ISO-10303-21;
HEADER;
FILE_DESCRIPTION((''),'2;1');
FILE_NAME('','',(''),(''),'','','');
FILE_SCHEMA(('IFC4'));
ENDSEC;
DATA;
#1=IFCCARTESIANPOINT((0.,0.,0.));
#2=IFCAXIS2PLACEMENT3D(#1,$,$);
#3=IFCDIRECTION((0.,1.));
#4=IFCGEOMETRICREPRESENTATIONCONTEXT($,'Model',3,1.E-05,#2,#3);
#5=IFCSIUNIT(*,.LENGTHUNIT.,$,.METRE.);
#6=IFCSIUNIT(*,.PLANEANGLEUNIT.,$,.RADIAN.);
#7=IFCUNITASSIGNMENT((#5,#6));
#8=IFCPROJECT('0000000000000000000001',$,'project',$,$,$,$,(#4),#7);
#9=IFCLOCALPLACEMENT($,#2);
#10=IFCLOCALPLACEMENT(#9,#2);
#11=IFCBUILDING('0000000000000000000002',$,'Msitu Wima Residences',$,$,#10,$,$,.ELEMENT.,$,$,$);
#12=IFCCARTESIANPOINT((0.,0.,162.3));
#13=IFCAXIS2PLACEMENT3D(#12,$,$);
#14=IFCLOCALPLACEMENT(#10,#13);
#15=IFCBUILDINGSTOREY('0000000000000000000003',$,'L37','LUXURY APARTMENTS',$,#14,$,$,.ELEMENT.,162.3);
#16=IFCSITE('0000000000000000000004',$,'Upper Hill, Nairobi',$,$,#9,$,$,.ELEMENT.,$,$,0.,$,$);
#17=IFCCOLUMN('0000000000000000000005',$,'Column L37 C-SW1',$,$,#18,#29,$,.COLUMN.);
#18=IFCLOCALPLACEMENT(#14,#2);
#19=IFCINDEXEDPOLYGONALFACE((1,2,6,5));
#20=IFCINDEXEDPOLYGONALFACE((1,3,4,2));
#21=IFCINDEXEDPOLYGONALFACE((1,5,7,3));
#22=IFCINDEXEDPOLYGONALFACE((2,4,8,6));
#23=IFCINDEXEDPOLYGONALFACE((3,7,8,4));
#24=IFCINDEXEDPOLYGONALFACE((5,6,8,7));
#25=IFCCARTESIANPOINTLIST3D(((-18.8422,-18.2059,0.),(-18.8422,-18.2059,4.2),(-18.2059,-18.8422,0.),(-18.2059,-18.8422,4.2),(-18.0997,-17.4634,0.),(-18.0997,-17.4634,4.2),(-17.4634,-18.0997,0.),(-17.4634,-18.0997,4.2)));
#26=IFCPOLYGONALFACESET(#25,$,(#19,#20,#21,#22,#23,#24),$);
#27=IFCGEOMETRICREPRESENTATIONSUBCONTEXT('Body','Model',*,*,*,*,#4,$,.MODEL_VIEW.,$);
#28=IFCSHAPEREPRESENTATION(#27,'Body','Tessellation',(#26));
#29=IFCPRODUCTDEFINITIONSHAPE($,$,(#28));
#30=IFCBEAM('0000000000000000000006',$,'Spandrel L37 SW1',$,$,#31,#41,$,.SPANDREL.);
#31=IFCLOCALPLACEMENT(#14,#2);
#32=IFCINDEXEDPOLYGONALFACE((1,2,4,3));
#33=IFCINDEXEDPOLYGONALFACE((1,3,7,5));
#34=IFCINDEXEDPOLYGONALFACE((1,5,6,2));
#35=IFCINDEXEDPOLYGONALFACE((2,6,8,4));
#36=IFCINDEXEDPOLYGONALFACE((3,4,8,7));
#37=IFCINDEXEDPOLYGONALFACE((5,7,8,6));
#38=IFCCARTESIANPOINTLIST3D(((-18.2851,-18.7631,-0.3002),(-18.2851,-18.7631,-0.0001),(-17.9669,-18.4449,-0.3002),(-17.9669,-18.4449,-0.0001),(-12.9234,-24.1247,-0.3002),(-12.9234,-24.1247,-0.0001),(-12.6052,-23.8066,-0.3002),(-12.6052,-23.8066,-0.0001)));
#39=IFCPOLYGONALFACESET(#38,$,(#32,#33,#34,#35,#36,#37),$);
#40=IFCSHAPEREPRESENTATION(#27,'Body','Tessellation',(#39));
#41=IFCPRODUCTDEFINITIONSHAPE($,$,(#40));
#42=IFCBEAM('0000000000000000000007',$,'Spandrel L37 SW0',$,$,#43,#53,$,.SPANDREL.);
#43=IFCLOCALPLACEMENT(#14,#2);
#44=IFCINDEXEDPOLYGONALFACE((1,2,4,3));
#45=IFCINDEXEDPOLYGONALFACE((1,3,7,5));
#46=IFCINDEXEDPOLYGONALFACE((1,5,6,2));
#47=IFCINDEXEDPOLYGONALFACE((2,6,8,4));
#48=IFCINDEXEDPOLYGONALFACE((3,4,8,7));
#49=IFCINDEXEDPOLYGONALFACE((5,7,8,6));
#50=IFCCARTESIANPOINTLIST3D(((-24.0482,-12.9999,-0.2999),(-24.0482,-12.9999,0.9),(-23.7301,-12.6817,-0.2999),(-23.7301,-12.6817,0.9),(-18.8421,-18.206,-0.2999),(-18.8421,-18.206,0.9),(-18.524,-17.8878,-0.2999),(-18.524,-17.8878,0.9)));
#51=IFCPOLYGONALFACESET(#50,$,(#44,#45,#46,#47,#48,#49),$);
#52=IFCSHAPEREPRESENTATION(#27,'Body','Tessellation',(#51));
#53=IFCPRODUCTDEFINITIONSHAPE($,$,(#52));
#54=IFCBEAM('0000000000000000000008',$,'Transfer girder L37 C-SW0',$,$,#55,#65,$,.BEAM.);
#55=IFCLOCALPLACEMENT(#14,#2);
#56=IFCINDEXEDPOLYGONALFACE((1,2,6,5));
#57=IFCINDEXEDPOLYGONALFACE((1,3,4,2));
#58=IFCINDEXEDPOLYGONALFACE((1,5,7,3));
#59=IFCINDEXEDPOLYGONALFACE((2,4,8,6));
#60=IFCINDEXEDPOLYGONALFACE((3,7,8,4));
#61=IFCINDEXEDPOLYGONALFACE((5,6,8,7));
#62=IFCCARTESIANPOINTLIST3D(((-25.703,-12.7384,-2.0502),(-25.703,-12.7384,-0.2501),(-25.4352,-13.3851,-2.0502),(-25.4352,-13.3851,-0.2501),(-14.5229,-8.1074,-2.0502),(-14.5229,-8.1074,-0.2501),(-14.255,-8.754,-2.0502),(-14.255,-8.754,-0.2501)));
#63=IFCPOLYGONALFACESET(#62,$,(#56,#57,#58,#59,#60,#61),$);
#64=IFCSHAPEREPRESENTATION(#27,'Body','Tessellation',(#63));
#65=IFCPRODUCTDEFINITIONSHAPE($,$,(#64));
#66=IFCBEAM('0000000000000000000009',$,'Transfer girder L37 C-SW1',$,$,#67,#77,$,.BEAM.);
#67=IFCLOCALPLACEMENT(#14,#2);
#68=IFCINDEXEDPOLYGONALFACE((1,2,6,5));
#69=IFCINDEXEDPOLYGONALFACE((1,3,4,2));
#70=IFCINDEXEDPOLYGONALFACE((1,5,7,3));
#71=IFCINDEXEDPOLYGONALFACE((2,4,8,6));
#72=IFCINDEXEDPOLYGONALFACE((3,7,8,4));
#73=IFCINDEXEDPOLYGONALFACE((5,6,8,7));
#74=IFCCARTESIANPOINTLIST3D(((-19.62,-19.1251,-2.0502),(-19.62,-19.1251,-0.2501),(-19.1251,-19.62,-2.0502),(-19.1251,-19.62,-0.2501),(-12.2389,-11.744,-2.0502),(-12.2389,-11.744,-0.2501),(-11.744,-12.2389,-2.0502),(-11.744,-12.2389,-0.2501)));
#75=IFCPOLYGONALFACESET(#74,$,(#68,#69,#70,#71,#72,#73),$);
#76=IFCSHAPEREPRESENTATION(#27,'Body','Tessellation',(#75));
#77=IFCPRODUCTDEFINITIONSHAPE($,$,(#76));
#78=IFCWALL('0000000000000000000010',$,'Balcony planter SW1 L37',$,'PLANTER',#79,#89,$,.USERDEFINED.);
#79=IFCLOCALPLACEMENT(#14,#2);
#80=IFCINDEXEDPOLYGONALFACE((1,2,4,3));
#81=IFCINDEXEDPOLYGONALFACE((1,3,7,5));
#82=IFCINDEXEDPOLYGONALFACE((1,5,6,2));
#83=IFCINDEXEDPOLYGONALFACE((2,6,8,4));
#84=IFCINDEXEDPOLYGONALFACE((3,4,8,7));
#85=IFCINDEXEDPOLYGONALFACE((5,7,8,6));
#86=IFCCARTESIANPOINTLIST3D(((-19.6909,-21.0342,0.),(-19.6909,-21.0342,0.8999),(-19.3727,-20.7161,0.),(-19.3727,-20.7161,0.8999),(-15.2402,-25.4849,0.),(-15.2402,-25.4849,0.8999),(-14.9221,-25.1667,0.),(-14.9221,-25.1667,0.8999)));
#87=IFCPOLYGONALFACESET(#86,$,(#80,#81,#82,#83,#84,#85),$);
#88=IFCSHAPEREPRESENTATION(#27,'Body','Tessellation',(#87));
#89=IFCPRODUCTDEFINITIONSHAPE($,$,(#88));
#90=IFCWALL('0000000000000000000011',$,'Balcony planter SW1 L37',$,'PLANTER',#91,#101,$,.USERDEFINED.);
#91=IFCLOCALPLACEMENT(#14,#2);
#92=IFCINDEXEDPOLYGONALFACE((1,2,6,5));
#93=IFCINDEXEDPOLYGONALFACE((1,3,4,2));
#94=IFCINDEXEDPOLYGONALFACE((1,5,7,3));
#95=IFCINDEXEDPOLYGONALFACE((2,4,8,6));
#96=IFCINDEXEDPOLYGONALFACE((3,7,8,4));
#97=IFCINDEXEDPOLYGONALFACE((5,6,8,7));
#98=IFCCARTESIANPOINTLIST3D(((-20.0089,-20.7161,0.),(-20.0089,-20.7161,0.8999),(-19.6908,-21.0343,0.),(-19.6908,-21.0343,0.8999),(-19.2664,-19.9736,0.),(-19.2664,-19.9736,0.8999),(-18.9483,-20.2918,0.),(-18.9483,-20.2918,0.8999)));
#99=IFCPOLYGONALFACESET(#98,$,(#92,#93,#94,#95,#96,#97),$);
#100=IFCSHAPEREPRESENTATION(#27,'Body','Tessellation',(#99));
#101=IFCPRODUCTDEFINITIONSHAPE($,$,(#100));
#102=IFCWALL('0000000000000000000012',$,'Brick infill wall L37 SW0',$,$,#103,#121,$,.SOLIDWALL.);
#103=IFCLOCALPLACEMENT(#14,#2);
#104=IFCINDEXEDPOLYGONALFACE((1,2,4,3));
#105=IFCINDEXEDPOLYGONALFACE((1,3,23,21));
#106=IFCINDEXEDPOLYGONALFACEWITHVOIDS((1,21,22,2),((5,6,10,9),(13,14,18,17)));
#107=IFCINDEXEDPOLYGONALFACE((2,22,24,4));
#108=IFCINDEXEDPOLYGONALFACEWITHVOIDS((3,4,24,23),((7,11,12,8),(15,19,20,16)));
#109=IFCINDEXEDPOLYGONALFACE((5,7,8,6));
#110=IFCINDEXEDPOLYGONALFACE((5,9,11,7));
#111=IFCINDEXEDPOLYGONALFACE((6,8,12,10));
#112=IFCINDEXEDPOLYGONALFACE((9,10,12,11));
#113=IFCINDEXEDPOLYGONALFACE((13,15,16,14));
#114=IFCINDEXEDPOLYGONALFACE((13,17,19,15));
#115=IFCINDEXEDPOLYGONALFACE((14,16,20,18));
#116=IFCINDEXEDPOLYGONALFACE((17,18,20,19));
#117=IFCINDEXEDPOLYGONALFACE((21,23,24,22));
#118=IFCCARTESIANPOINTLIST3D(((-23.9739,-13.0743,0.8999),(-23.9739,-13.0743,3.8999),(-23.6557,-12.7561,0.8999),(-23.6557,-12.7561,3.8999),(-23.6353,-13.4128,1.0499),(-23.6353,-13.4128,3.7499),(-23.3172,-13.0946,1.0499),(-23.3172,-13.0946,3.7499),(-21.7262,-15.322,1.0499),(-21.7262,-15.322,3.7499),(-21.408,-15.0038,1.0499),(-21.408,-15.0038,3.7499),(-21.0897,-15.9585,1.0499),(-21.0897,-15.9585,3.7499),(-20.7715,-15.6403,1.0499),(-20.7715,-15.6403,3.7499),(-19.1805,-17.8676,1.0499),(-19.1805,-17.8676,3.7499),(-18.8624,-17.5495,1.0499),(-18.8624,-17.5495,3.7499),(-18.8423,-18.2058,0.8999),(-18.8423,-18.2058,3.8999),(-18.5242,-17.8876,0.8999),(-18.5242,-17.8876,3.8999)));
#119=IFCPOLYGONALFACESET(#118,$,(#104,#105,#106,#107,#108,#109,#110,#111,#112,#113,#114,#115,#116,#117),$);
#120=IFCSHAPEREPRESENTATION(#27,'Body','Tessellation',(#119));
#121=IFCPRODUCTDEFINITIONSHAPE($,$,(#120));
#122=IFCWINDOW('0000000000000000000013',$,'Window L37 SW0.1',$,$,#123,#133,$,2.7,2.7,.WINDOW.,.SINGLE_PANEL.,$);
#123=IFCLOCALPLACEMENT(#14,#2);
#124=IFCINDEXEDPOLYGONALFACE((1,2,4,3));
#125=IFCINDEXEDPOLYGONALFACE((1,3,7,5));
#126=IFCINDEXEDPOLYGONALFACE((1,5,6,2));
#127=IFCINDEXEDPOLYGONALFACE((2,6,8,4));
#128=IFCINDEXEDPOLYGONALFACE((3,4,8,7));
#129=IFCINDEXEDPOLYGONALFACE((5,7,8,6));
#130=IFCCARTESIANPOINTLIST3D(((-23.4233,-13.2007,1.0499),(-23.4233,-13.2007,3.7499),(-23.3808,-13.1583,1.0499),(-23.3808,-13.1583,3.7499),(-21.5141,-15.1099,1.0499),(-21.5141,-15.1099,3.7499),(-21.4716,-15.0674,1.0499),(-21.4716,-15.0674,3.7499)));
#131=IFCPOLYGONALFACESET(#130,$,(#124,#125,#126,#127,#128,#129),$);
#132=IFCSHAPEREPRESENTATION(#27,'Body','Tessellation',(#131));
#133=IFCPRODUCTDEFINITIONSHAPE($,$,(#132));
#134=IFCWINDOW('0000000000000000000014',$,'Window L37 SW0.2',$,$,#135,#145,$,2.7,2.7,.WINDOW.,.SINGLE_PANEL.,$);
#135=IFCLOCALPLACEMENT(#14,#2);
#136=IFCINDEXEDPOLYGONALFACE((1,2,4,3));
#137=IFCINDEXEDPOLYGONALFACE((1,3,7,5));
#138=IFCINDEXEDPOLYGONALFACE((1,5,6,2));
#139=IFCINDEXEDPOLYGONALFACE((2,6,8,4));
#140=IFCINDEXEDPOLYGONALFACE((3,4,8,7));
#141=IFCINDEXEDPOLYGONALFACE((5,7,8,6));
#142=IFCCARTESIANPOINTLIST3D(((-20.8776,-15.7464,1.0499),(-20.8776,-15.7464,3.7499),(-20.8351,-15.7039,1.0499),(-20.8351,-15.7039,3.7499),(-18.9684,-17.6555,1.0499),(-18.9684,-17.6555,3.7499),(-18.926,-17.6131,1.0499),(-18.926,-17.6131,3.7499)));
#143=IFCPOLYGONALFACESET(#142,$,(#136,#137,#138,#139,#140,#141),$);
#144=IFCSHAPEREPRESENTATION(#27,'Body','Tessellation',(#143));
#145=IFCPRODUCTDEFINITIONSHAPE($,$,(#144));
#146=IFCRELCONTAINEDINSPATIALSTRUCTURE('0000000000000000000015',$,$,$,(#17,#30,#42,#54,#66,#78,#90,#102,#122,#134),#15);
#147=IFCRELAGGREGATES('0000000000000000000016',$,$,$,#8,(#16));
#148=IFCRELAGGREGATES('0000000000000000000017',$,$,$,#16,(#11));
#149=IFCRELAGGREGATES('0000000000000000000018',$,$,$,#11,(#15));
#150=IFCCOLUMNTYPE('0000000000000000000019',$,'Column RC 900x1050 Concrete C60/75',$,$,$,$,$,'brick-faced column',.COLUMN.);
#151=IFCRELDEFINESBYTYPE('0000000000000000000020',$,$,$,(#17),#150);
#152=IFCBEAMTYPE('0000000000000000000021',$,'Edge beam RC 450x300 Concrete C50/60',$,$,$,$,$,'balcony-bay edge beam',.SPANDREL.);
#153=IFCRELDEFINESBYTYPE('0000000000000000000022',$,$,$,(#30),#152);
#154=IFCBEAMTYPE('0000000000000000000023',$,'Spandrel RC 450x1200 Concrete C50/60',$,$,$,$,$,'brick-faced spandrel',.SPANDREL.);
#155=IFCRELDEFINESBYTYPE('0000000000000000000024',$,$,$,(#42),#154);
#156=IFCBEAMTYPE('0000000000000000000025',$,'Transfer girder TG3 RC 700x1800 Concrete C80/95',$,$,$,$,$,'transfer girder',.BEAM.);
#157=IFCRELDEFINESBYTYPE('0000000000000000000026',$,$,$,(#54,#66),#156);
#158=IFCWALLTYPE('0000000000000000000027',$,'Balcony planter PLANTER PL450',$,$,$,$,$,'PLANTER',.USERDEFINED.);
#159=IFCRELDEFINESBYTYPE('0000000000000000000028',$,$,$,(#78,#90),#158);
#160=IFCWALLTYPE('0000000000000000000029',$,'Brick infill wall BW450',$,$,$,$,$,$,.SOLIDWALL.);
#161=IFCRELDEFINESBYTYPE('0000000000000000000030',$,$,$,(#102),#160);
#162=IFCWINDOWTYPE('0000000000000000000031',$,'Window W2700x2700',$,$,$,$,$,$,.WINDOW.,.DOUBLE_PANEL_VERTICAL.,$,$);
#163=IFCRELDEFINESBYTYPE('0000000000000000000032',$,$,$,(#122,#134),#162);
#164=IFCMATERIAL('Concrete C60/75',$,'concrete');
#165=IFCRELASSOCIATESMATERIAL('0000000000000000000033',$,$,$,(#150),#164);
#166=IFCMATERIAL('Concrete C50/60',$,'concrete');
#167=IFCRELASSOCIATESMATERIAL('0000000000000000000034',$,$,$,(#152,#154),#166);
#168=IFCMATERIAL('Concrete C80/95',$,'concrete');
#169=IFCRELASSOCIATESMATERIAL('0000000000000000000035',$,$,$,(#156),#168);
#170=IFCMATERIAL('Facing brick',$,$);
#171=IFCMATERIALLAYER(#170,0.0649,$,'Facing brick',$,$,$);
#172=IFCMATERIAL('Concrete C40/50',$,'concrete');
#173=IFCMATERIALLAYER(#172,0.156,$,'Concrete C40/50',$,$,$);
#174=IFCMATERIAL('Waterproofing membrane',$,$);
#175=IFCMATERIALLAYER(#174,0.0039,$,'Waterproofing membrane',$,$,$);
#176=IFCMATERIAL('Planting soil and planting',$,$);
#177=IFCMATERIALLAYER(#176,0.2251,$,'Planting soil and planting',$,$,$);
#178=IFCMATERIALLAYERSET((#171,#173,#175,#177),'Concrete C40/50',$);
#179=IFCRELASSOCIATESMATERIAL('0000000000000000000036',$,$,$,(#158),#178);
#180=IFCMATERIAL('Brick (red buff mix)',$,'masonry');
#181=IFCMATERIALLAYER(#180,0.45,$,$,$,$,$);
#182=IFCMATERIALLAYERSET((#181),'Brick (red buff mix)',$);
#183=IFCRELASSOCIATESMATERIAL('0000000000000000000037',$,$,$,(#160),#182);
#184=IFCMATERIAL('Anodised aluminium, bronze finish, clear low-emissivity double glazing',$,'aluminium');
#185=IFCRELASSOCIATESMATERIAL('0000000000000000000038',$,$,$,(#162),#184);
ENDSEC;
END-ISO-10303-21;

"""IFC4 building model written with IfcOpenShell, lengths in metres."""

from ifc_helpers import new_model, si_unit, direction, frame, frame_2d, origin, origin_2d, place, context, subcontext, project, spatial, rectangle, extrude, material, layer, layer_set, material_profile, profile_set, type_object, element, fill, save


model = new_model("IFC4")

# Units and contexts
model_context = context("Model", 3, precision=1e-05, world=origin(), true_north=direction((0.0, 1.0)))
body_context = subcontext(model_context, "Body", "Model", "MODEL_VIEW")
ifc_project = project(units=[si_unit("LENGTHUNIT", "METRE"), si_unit("PLANEANGLEUNIT", "RADIAN")], contexts=[model_context])

# Site, building, storey
site_placement = place(None, origin())
site = spatial("IfcSite", under=ifc_project, at=site_placement, Name="Upper Hill, Nairobi", CompositionType="ELEMENT", RefElevation=0.0)
building_placement = place(site_placement, origin())
building = spatial("IfcBuilding", under=site, at=building_placement, Name="Msitu Wima Residences", CompositionType="ELEMENT")
storey_placement = place(building_placement, frame((0.0, 0.0, 162.3)))
storey = spatial("IfcBuildingStorey", under=building, at=storey_placement, Name="L37", Description="LUXURY APARTMENTS", CompositionType="ELEMENT", Elevation=162.3)

# Column
ifc_material_1 = material(Name="Concrete C60/75", Category="concrete")
ifc_material_profile_1 = material_profile(ifc_material_1, rectangle(XDim=0.8999, YDim=1.05, at=origin_2d()), Name="RC 900x1050")
ifc_profile_set_1 = profile_set([ifc_material_profile_1], Name="Concrete C60/75")
column_type = type_object("IfcColumnType", Name="Column RC 900x1050 Concrete C60/75", ElementType="brick-faced column", PredefinedType="COLUMN", material=ifc_profile_set_1)
column_placement = place(storey_placement, frame((-18.1528, -18.1528, 0.0), z_axis=(0.0, 0.0, 1.0), x_axis=(0.707107, -0.707107, 0.0)))
element("IfcColumn", 1, at=column_placement, inside=storey, type_object=column_type, Name="Column L37 C-SW1", PredefinedType="COLUMN", context=body_context, shape_type="SweptSolid", body=[
    extrude(rectangle(XDim=0.8999, YDim=1.05, at=origin_2d()), origin(), (0.0, 0.0, 1.0), 4.2),
])

# Beams
ifc_material_2 = material(Name="Concrete C50/60", Category="concrete")
ifc_material_profile_2 = material_profile(ifc_material_2, rectangle(XDim=0.45, YDim=0.3, at=origin_2d()), Name="RC 450x300")
ifc_profile_set_2 = profile_set([ifc_material_profile_2], Name="Concrete C50/60")
beam_type_1 = type_object("IfcBeamType", Name="Edge beam RC 450x300 Concrete C50/60", ElementType="balcony-bay edge beam", PredefinedType="SPANDREL", material=ifc_profile_set_2)
beam_1_placement = place(storey_placement, frame((-18.126, -18.604, -0.1501), z_axis=(0.707107, -0.707107, 0.0), x_axis=(0.707107, 0.707107, 0.0)))
element("IfcBeam", 2, at=beam_1_placement, inside=storey, type_object=beam_type_1, Name="Spandrel L37 SW1", PredefinedType="SPANDREL", context=body_context, shape_type="SweptSolid", body=[
    extrude(rectangle(XDim=0.45, YDim=0.3, at=origin_2d()), origin(), (0.0, 0.0, 1.0), 7.5825),
])
ifc_material_profile_3 = material_profile(ifc_material_2, rectangle(XDim=0.45, YDim=1.2, at=origin_2d()), Name="RC 450x1200")
ifc_profile_set_3 = profile_set([ifc_material_profile_3], Name="Concrete C50/60")
beam_type_2 = type_object("IfcBeamType", Name="Spandrel RC 450x1200 Concrete C50/60", ElementType="brick-faced spandrel", PredefinedType="SPANDREL", material=ifc_profile_set_3)
beam_2_placement = place(storey_placement, frame((-23.8892, -12.8408, 0.3), z_axis=(0.707107, -0.707107, 0.0), x_axis=(0.707107, 0.707107, 0.0)))
element("IfcBeam", 3, at=beam_2_placement, inside=storey, type_object=beam_type_2, Name="Spandrel L37 SW0", PredefinedType="SPANDREL", context=body_context, shape_type="SweptSolid", body=[
    extrude(rectangle(XDim=0.45, YDim=1.2, at=origin_2d()), origin(), (0.0, 0.0, 1.0), 7.3625),
])
ifc_material_3 = material(Name="Concrete C80/95", Category="concrete")
ifc_material_profile_4 = material_profile(ifc_material_3, rectangle(XDim=0.7, YDim=1.8, at=origin_2d()), Name="RC 700x1800")
ifc_profile_set_4 = profile_set([ifc_material_profile_4], Name="Concrete C80/95")
beam_type_3 = type_object("IfcBeamType", Name="Transfer girder TG3 RC 700x1800 Concrete C80/95", ElementType="transfer girder", PredefinedType="BEAM", material=ifc_profile_set_4)
beam_3_placement = place(storey_placement, frame((-25.5691, -13.0618, -1.1501), z_axis=(0.923876, 0.382692, 0.0), x_axis=(-0.382692, 0.923876, 0.0)))
element("IfcBeam", 4, at=beam_3_placement, inside=storey, type_object=beam_type_3, Name="Transfer girder L37 C-SW0", PredefinedType="BEAM", context=body_context, shape_type="SweptSolid", body=[
    extrude(rectangle(XDim=0.7, YDim=1.8, at=origin_2d()), origin(), (0.0, 0.0, 1.0), 12.1013),
])
beam_4_placement = place(storey_placement, frame((-19.3726, -19.3726, -1.1501), z_axis=(0.707107, 0.707107, 0.0), x_axis=(-0.707107, 0.707107, 0.0)))
element("IfcBeam", 5, at=beam_4_placement, inside=storey, type_object=beam_type_3, Name="Transfer girder L37 C-SW1", PredefinedType="BEAM", context=body_context, shape_type="SweptSolid", body=[
    extrude(rectangle(XDim=0.7, YDim=1.8, at=origin_2d()), origin(), (0.0, 0.0, 1.0), 10.4385),
])

# Walls
ifc_material_4 = material(Name="Facing brick")
ifc_layer_1 = layer(ifc_material_4, 0.0649, Name="Facing brick")
ifc_material_5 = material(Name="Concrete C40/50", Category="concrete")
ifc_layer_2 = layer(ifc_material_5, 0.156, Name="Concrete C40/50")
ifc_material_6 = material(Name="Waterproofing membrane")
ifc_layer_3 = layer(ifc_material_6, 0.0039, Name="Waterproofing membrane")
ifc_material_7 = material(Name="Planting soil and planting")
ifc_layer_4 = layer(ifc_material_7, 0.2251, Name="Planting soil and planting")
ifc_layer_set_1 = layer_set([ifc_layer_1, ifc_layer_2, ifc_layer_3, ifc_layer_4], Name="Concrete C40/50")
wall_type_1 = type_object("IfcWallType", Name="Balcony planter PLANTER PL450", ElementType="PLANTER", PredefinedType="USERDEFINED", material=ifc_layer_set_1)
wall_1_placement = place(storey_placement, frame((-19.5317, -20.8752, 0.0), z_axis=(0.0, 0.0, 1.0), x_axis=(0.707107, -0.707107, 0.0)))
element("IfcWall", 6, at=wall_1_placement, inside=storey, type_object=wall_type_1, Name="Balcony planter SW1 L37", ObjectType="PLANTER", PredefinedType="USERDEFINED", context=body_context, shape_type="SweptSolid", body=[
    extrude(rectangle(XDim=6.2942, YDim=0.45, at=frame_2d((3.147, 0.0))), origin(), (0.0, 0.0, 1.0), 0.8999),
])
wall_2_placement = place(storey_placement, frame((-19.1074, -20.1328, 0.0), z_axis=(0.0, 0.0, 1.0), x_axis=(-0.707107, -0.707107, 0.0)))
element("IfcWall", 7, at=wall_2_placement, inside=storey, type_object=wall_type_1, Name="Balcony planter SW1 L37", ObjectType="PLANTER", PredefinedType="USERDEFINED", context=body_context, shape_type="SweptSolid", body=[
    extrude(rectangle(XDim=1.05, YDim=0.45, at=frame_2d((0.5249, 0.0))), origin(), (0.0, 0.0, 1.0), 0.8999),
])

# Wall, openings, windows
ifc_material_8 = material(Name="Brick (red buff mix)", Category="masonry")
ifc_layer_5 = layer(ifc_material_8, 0.45)
ifc_layer_set_2 = layer_set([ifc_layer_5], Name="Brick (red buff mix)")
wall_type_2 = type_object("IfcWallType", Name="Brick infill wall BW450", PredefinedType="SOLIDWALL", material=ifc_layer_set_2)
wall_3_placement = place(storey_placement, frame((-23.8147, -12.9153, 0.8999), z_axis=(0.0, 0.0, 1.0), x_axis=(0.707107, -0.707107, 0.0)))
wall_3 = element("IfcWall", 8, at=wall_3_placement, inside=storey, type_object=wall_type_2, Name="Brick infill wall L37 SW0", PredefinedType="SOLIDWALL", context=body_context, shape_type="SweptSolid", body=[
    extrude(rectangle(XDim=7.2571, YDim=0.45, at=frame_2d((3.6284, 0.0))), origin(), (0.0, 0.0, 1.0), 3.0),
])
opening_1_placement = place(wall_3_placement, frame((0.4785, 0.0, 0.1499)))
opening_1 = element("IfcOpeningElement", 9, at=opening_1_placement, cuts=wall_3, PredefinedType="OPENING", context=body_context, shape_type="SweptSolid", body=[
    extrude(rectangle(XDim=2.7, YDim=2.7, at=frame_2d((1.3501, 1.3501))), frame((0.0, 0.2349, 0.0), z_axis=(0.0, -1.0, 0.0), x_axis=(1.0, 0.0, 0.0)), (0.0, 0.0, 1.0), 0.47),
])
opening_2_placement = place(wall_3_placement, frame((4.0786, 0.0, 0.1499)))
opening_2 = element("IfcOpeningElement", 10, at=opening_2_placement, cuts=wall_3, PredefinedType="OPENING", context=body_context, shape_type="SweptSolid", body=[
    extrude(rectangle(XDim=2.7, YDim=2.7, at=frame_2d((1.3501, 1.3501))), frame((0.0, 0.2349, 0.0), z_axis=(0.0, -1.0, 0.0), x_axis=(1.0, 0.0, 0.0)), (0.0, 0.0, 1.0), 0.47),
])
ifc_material_9 = material(Name="Anodised aluminium, bronze finish, clear low-emissivity double glazing", Category="aluminium")
window_type = type_object("IfcWindowType", Name="Window W2700x2700", PartitioningType="DOUBLE_PANEL_VERTICAL", PredefinedType="WINDOW", material=ifc_material_9)
window_1_placement = place(opening_1_placement, origin())
window_1 = element("IfcWindow", 11, at=window_1_placement, inside=storey, type_object=window_type, Name="Window L37 SW0.1", OverallHeight=2.7, OverallWidth=2.7, PartitioningType="SINGLE_PANEL", PredefinedType="WINDOW", context=body_context, shape_type="SweptSolid", body=[
    extrude(rectangle(XDim=2.7, YDim=2.7, at=frame_2d((1.3501, 1.3501))), frame((0.0, 0.135, 0.0), z_axis=(0.0, -1.0, 0.0), x_axis=(1.0, 0.0, 0.0)), (0.0, 0.0, 1.0), 0.0601),
])
fill(opening_1, window_1)
window_2_placement = place(opening_2_placement, origin())
window_2 = element("IfcWindow", 12, at=window_2_placement, inside=storey, type_object=window_type, Name="Window L37 SW0.2", OverallHeight=2.7, OverallWidth=2.7, PartitioningType="SINGLE_PANEL", PredefinedType="WINDOW", context=body_context, shape_type="SweptSolid", body=[
    extrude(rectangle(XDim=2.7, YDim=2.7, at=frame_2d((1.3501, 1.3501))), frame((0.0, 0.135, 0.0), z_axis=(0.0, -1.0, 0.0), x_axis=(1.0, 0.0, 0.0)), (0.0, 0.0, 1.0), 0.0601),
])
fill(opening_2, window_2)

save(model, "model.ifc")
